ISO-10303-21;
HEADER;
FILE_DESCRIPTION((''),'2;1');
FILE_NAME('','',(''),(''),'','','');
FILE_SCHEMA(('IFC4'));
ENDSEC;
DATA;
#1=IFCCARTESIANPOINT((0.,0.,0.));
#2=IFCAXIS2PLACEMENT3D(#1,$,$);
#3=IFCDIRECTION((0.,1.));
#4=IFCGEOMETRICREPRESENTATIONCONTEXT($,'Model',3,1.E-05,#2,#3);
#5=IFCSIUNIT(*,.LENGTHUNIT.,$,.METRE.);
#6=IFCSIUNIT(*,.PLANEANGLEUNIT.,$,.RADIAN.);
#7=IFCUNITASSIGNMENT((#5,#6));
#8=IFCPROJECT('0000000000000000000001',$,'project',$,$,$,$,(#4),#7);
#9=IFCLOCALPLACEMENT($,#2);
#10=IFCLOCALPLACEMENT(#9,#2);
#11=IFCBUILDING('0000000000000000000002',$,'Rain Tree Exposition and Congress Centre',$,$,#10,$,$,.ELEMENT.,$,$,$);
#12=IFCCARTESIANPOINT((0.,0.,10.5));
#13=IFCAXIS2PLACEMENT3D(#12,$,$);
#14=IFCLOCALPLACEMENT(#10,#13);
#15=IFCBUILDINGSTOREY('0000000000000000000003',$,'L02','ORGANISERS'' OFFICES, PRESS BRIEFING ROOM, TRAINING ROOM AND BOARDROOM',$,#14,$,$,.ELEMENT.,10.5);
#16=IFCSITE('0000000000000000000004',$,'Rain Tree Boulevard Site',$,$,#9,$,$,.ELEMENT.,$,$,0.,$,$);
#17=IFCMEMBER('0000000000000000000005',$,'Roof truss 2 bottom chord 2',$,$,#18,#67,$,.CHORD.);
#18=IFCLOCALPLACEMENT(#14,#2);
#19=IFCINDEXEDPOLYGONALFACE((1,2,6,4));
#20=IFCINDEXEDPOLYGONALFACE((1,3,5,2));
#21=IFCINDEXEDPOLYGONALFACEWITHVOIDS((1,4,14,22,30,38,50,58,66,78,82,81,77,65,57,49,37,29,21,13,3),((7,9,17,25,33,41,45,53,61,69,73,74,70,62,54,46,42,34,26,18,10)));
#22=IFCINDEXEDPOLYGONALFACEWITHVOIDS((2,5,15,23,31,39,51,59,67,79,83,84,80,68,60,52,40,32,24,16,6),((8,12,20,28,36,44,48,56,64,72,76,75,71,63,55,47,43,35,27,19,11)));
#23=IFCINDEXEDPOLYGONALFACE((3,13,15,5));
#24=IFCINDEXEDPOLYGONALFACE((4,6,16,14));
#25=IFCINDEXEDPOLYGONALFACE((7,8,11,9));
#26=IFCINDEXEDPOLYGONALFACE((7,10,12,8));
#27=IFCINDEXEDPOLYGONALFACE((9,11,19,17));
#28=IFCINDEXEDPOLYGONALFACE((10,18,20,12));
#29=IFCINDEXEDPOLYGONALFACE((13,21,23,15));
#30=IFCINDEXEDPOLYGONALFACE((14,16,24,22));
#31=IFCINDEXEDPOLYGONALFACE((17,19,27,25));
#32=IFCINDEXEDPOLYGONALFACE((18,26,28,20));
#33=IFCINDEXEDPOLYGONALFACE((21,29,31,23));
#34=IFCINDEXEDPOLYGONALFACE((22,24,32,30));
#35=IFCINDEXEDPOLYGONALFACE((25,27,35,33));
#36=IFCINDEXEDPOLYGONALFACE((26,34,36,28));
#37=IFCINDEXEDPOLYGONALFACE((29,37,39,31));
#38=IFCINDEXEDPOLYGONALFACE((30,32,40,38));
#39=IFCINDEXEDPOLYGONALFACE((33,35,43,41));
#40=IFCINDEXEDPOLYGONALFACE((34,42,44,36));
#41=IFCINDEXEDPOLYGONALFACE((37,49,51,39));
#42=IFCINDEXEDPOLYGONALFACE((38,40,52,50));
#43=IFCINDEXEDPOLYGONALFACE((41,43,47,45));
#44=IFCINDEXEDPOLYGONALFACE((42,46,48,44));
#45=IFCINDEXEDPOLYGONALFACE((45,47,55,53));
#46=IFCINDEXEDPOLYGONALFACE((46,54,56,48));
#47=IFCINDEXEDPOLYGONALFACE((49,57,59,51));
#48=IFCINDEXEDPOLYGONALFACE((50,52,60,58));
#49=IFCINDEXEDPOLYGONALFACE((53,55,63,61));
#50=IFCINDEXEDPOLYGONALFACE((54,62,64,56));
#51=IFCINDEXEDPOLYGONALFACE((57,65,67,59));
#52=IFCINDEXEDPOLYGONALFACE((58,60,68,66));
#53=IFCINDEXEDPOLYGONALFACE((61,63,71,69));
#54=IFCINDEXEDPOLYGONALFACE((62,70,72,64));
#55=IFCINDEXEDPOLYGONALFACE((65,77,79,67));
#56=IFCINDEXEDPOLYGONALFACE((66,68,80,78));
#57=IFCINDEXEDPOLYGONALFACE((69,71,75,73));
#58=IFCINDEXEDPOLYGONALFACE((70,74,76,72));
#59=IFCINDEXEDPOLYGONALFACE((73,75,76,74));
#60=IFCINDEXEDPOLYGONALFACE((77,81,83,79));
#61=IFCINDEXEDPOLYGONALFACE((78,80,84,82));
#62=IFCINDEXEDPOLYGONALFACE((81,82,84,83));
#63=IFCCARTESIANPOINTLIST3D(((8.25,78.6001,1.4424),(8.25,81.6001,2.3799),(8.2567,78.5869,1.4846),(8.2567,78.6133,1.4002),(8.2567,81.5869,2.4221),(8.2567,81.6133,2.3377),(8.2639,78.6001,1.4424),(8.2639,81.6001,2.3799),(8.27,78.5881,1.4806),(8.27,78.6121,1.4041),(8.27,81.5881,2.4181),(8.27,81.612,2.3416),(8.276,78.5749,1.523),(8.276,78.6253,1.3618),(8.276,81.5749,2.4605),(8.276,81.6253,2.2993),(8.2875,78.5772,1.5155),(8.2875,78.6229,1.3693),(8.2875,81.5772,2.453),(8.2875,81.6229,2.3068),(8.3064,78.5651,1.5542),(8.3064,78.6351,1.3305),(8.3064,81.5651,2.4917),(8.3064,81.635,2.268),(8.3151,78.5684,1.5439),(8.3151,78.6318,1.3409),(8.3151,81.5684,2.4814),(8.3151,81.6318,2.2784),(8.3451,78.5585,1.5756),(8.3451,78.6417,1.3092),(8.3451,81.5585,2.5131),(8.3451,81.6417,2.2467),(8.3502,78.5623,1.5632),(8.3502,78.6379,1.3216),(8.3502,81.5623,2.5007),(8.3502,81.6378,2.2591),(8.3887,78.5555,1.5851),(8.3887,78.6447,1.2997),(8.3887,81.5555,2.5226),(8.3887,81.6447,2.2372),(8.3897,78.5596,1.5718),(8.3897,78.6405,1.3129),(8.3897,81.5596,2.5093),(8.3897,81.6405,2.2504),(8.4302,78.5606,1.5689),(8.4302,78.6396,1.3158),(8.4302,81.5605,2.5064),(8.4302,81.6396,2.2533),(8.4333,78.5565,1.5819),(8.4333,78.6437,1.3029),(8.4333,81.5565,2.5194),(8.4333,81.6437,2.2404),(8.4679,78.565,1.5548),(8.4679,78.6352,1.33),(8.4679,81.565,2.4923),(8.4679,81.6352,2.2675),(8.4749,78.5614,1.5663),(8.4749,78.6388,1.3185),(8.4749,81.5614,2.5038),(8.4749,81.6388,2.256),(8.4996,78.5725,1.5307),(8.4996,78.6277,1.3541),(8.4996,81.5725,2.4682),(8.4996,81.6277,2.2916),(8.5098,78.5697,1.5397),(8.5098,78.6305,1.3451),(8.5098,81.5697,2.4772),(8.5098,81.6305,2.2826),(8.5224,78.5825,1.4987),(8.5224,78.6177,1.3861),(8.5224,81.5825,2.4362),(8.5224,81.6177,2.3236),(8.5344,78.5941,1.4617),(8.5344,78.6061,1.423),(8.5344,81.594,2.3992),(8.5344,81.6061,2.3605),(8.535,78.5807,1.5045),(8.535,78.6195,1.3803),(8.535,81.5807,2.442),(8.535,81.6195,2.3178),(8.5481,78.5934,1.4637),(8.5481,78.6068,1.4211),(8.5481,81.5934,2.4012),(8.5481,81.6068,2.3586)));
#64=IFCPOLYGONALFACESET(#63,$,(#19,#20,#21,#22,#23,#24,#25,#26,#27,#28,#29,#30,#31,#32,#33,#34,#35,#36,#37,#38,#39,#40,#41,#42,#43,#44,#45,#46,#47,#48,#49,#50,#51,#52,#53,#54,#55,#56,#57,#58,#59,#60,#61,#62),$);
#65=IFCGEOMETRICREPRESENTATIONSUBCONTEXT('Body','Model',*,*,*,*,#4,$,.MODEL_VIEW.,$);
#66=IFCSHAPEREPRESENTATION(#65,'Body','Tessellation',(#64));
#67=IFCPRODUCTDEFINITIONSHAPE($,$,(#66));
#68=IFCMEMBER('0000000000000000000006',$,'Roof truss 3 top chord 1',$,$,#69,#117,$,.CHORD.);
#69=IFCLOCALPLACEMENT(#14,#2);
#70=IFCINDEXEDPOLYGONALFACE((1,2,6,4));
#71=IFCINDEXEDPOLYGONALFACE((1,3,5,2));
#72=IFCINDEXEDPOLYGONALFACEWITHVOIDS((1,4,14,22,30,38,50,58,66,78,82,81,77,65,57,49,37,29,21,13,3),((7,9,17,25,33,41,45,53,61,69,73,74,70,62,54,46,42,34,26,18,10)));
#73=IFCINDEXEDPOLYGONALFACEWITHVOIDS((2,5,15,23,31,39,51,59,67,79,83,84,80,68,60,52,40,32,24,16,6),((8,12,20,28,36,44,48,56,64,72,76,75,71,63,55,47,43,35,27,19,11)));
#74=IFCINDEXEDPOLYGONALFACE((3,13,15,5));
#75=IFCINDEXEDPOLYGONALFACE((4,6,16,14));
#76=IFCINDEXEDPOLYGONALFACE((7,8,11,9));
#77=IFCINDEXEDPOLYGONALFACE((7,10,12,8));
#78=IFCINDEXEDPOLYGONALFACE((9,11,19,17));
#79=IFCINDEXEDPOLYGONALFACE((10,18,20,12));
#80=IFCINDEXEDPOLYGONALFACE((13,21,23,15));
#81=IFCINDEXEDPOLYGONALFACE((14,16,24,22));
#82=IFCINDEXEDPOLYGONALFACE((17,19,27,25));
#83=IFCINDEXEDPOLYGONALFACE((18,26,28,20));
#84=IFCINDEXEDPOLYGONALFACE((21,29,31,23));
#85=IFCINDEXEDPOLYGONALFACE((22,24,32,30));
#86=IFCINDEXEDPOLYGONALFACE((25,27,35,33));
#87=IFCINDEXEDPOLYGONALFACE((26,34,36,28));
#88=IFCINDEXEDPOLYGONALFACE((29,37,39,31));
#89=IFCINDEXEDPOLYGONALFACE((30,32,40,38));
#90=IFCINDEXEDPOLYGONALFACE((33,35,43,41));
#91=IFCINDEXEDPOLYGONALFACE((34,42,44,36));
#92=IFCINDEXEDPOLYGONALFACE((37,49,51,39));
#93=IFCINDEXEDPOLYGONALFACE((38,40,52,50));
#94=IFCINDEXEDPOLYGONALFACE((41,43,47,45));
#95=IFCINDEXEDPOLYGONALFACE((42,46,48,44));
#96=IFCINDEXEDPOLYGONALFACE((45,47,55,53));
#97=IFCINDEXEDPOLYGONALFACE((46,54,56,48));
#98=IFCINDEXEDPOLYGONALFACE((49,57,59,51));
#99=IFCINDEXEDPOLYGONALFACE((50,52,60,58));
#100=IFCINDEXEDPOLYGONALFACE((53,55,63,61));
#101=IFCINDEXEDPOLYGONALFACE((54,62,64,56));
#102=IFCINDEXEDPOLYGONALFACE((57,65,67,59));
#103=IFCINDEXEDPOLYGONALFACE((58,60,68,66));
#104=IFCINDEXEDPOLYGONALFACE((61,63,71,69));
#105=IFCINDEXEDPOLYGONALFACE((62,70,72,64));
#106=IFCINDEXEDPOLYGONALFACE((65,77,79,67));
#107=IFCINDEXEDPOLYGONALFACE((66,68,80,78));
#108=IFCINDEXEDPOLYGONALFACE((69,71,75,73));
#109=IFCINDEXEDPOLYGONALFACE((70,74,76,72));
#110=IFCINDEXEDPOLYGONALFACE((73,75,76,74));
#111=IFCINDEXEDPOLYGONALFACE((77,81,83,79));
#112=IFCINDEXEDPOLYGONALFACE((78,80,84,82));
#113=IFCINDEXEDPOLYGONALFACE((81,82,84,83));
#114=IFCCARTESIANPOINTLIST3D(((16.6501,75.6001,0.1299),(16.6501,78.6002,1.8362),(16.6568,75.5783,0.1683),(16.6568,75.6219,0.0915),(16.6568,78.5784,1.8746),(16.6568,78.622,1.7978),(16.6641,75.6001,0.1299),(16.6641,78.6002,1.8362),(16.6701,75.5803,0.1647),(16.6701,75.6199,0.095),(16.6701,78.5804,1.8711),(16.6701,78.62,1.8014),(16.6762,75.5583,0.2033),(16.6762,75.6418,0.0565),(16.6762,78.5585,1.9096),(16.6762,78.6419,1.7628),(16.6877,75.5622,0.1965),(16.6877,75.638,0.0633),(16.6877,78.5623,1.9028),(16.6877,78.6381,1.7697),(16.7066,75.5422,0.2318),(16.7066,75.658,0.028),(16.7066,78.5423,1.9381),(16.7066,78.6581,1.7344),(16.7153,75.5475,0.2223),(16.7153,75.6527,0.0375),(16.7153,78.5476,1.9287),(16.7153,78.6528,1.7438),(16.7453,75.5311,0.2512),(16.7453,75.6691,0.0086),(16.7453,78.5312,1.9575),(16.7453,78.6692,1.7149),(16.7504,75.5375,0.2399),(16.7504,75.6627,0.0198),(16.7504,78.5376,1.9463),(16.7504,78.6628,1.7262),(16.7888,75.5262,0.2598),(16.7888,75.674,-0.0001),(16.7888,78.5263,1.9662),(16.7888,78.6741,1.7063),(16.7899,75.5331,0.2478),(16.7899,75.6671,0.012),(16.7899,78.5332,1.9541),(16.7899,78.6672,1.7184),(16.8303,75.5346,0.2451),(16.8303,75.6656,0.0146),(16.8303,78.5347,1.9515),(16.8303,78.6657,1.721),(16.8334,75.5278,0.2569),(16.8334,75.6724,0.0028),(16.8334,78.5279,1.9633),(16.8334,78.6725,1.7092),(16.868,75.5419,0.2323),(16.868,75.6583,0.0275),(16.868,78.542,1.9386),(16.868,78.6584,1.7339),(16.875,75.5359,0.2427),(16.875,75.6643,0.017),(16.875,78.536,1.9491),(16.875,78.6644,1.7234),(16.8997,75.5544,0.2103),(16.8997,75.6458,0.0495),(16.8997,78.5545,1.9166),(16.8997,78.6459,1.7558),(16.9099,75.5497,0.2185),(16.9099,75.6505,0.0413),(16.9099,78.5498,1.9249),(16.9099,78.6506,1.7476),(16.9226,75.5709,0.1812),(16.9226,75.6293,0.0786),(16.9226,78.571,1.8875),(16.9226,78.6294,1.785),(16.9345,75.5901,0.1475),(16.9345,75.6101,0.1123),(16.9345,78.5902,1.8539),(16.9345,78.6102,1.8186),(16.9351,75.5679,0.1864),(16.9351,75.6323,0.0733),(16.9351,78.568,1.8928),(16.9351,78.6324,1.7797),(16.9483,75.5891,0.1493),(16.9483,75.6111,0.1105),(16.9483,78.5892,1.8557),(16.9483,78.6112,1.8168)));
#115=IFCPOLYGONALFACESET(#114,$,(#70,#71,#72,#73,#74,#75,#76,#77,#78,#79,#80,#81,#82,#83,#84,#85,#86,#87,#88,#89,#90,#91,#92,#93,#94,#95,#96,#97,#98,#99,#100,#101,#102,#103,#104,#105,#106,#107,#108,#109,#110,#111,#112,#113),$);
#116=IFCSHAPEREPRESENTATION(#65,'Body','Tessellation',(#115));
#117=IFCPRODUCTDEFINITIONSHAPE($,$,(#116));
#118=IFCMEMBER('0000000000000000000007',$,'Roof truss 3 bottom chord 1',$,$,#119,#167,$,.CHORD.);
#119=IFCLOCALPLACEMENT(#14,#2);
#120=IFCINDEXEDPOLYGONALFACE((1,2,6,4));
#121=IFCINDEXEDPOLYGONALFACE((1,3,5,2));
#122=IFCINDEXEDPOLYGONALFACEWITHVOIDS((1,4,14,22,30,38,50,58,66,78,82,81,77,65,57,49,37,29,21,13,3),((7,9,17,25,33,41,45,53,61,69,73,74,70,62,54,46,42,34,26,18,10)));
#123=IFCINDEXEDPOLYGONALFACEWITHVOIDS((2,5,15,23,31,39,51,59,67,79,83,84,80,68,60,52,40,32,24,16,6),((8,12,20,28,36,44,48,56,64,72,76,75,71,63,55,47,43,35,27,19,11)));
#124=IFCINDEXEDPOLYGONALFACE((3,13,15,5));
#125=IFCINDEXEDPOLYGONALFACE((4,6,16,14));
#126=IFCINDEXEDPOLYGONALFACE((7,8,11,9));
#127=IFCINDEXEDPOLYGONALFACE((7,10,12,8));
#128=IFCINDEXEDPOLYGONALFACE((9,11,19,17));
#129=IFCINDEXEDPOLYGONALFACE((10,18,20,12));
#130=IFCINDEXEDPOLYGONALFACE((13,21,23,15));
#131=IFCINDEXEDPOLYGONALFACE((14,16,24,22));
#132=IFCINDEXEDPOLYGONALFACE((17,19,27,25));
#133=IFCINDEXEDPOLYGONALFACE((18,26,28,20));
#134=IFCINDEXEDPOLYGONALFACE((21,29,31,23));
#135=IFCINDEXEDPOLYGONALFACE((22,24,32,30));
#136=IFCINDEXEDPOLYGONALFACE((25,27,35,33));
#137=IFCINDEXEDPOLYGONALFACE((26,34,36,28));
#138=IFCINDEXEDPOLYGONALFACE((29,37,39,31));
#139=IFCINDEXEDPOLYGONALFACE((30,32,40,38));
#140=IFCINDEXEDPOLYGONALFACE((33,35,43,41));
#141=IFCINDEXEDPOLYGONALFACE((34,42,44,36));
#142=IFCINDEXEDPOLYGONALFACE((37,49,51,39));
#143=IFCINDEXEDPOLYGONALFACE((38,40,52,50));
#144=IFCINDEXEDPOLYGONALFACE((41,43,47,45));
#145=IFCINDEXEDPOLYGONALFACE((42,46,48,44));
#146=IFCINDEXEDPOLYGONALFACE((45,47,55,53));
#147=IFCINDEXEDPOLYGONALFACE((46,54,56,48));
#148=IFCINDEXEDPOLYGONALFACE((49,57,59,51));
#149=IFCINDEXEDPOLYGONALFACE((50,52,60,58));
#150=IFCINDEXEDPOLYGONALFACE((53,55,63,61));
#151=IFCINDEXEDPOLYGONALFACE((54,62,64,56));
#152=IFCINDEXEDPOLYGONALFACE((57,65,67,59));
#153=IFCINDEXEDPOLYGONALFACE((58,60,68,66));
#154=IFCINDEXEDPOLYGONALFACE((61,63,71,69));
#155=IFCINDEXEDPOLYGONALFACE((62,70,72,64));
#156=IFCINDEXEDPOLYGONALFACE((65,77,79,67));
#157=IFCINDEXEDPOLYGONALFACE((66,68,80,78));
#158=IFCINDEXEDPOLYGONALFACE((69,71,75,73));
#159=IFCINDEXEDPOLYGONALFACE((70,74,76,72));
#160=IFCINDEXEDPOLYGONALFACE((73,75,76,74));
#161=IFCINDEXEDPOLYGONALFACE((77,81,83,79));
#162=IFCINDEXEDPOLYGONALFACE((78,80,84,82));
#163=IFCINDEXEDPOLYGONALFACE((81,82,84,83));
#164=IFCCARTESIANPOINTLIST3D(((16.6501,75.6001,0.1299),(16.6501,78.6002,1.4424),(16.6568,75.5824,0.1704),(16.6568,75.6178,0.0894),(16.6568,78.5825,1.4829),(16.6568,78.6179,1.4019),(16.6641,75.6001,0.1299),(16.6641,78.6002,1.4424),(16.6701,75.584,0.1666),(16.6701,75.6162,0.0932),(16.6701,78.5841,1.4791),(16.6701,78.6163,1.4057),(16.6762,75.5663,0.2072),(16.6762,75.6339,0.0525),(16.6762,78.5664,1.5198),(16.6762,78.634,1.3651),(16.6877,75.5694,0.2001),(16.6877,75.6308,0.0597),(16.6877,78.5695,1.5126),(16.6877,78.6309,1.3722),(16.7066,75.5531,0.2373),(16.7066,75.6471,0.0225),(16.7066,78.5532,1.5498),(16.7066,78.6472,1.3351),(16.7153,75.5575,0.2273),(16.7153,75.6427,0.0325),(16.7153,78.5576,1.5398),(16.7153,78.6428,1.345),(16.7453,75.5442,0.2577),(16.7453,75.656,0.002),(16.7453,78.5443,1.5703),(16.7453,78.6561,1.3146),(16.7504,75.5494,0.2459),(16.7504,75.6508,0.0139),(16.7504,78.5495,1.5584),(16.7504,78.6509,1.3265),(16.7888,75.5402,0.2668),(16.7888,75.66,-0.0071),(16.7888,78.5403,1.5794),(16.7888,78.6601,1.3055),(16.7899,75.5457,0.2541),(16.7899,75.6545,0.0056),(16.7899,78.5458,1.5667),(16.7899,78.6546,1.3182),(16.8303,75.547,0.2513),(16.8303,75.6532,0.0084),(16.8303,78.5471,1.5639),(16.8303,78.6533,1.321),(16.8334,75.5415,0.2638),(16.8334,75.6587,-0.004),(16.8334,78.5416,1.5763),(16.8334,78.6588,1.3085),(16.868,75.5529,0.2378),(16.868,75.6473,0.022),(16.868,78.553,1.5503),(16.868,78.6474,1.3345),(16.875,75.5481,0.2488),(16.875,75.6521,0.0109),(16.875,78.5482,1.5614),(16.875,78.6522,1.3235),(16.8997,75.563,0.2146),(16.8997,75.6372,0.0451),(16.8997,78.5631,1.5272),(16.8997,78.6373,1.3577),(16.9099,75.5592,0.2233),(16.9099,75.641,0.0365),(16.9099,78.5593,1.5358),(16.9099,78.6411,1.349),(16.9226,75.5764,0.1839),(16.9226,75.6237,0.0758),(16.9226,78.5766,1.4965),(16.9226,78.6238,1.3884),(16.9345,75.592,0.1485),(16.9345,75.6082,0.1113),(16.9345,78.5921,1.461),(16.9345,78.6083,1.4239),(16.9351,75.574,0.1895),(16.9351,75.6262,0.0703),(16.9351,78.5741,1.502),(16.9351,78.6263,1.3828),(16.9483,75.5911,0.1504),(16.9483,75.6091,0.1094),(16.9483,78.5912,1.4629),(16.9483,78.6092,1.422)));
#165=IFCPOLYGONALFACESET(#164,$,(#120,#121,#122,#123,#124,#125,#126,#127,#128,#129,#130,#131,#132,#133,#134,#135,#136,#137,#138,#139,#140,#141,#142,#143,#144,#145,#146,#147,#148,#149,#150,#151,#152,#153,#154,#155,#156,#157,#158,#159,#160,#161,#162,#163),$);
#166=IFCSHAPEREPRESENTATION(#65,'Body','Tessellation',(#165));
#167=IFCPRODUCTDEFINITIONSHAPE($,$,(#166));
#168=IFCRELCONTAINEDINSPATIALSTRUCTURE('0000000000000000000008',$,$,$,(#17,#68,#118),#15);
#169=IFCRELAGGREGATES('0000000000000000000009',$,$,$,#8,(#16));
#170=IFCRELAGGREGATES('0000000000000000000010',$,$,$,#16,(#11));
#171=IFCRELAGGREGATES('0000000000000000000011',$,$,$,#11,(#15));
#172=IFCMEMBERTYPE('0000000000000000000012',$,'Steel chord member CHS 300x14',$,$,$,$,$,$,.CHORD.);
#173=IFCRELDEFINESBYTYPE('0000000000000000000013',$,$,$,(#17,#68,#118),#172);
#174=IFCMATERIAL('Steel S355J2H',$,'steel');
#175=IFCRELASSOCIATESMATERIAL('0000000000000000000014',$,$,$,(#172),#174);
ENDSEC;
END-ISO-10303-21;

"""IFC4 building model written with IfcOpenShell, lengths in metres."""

from ifc_helpers import new_model, si_unit, direction, frame, origin, origin_2d, place, context, subcontext, project, spatial, hollow_circle, extrude, material, material_profile, profile_set, type_object, element, save


model = new_model("IFC4")

# Units and contexts
model_context = context("Model", 3, precision=1e-05, world=origin(), true_north=direction((0.0, 1.0)))
body_context = subcontext(model_context, "Body", "Model", "MODEL_VIEW")
ifc_project = project(units=[si_unit("LENGTHUNIT", "METRE"), si_unit("PLANEANGLEUNIT", "RADIAN")], contexts=[model_context])

# Site, building, storey
site_placement = place(None, origin())
site = spatial("IfcSite", under=ifc_project, at=site_placement, Name="Rain Tree Boulevard Site", CompositionType="ELEMENT", RefElevation=0.0)
building_placement = place(site_placement, origin())
building = spatial("IfcBuilding", under=site, at=building_placement, Name="Rain Tree Exposition and Congress Centre", CompositionType="ELEMENT")
storey_placement = place(building_placement, frame((0.0, 0.0, 10.5)))
storey = spatial("IfcBuildingStorey", under=building, at=storey_placement, Name="L02", Description="ORGANISERS' OFFICES, PRESS BRIEFING ROOM, TRAINING ROOM AND BOARDROOM", CompositionType="ELEMENT", Elevation=10.5)

# Members
ifc_material_1 = material(Name="Steel S355J2H", Category="steel")
ifc_material_profile_1 = material_profile(ifc_material_1, hollow_circle(Radius=0.1499, WallThickness=0.0139, at=origin_2d()), Name="CHS 300x14")
ifc_profile_set_1 = profile_set([ifc_material_profile_1], Name="Steel S355J2H")
member_type_1 = type_object("IfcMemberType", Name="Steel chord member CHS 300x14", PredefinedType="CHORD", material=ifc_profile_set_1)
member_1_placement = place(storey_placement, frame((8.3999, 78.6001, 1.4424), z_axis=(0.0, 0.95448, 0.298275), x_axis=(-1.0, 0.0, 0.0)))
element("IfcMember", 1, at=member_1_placement, inside=storey, type_object=member_type_1, Name="Roof truss 2 bottom chord 2", PredefinedType="CHORD", context=body_context, shape_type="SweptSolid", body=[
    extrude(hollow_circle(Radius=0.1499, WallThickness=0.0139, at=origin_2d()), origin(), (0.0, 0.0, 1.0), 3.1431),
])
member_2_placement = place(storey_placement, frame((16.8, 75.6001, 0.1299), z_axis=(0.0, 0.869238, 0.494393), x_axis=(-1.0, 0.0, 0.0)))
element("IfcMember", 2, at=member_2_placement, inside=storey, type_object=member_type_1, Name="Roof truss 3 top chord 1", PredefinedType="CHORD", context=body_context, shape_type="SweptSolid", body=[
    extrude(hollow_circle(Radius=0.1499, WallThickness=0.0139, at=origin_2d()), origin(), (0.0, 0.0, 1.0), 3.4514),
])
member_3_placement = place(storey_placement, frame((16.8, 75.6001, 0.1299), z_axis=(0.0, 0.916157, 0.400819), x_axis=(-1.0, 0.0, 0.0)))
element("IfcMember", 3, at=member_3_placement, inside=storey, type_object=member_type_1, Name="Roof truss 3 bottom chord 1", PredefinedType="CHORD", context=body_context, shape_type="SweptSolid", body=[
    extrude(hollow_circle(Radius=0.1499, WallThickness=0.0139, at=origin_2d()), origin(), (0.0, 0.0, 1.0), 3.2747),
])

save(model, "model.ifc")
